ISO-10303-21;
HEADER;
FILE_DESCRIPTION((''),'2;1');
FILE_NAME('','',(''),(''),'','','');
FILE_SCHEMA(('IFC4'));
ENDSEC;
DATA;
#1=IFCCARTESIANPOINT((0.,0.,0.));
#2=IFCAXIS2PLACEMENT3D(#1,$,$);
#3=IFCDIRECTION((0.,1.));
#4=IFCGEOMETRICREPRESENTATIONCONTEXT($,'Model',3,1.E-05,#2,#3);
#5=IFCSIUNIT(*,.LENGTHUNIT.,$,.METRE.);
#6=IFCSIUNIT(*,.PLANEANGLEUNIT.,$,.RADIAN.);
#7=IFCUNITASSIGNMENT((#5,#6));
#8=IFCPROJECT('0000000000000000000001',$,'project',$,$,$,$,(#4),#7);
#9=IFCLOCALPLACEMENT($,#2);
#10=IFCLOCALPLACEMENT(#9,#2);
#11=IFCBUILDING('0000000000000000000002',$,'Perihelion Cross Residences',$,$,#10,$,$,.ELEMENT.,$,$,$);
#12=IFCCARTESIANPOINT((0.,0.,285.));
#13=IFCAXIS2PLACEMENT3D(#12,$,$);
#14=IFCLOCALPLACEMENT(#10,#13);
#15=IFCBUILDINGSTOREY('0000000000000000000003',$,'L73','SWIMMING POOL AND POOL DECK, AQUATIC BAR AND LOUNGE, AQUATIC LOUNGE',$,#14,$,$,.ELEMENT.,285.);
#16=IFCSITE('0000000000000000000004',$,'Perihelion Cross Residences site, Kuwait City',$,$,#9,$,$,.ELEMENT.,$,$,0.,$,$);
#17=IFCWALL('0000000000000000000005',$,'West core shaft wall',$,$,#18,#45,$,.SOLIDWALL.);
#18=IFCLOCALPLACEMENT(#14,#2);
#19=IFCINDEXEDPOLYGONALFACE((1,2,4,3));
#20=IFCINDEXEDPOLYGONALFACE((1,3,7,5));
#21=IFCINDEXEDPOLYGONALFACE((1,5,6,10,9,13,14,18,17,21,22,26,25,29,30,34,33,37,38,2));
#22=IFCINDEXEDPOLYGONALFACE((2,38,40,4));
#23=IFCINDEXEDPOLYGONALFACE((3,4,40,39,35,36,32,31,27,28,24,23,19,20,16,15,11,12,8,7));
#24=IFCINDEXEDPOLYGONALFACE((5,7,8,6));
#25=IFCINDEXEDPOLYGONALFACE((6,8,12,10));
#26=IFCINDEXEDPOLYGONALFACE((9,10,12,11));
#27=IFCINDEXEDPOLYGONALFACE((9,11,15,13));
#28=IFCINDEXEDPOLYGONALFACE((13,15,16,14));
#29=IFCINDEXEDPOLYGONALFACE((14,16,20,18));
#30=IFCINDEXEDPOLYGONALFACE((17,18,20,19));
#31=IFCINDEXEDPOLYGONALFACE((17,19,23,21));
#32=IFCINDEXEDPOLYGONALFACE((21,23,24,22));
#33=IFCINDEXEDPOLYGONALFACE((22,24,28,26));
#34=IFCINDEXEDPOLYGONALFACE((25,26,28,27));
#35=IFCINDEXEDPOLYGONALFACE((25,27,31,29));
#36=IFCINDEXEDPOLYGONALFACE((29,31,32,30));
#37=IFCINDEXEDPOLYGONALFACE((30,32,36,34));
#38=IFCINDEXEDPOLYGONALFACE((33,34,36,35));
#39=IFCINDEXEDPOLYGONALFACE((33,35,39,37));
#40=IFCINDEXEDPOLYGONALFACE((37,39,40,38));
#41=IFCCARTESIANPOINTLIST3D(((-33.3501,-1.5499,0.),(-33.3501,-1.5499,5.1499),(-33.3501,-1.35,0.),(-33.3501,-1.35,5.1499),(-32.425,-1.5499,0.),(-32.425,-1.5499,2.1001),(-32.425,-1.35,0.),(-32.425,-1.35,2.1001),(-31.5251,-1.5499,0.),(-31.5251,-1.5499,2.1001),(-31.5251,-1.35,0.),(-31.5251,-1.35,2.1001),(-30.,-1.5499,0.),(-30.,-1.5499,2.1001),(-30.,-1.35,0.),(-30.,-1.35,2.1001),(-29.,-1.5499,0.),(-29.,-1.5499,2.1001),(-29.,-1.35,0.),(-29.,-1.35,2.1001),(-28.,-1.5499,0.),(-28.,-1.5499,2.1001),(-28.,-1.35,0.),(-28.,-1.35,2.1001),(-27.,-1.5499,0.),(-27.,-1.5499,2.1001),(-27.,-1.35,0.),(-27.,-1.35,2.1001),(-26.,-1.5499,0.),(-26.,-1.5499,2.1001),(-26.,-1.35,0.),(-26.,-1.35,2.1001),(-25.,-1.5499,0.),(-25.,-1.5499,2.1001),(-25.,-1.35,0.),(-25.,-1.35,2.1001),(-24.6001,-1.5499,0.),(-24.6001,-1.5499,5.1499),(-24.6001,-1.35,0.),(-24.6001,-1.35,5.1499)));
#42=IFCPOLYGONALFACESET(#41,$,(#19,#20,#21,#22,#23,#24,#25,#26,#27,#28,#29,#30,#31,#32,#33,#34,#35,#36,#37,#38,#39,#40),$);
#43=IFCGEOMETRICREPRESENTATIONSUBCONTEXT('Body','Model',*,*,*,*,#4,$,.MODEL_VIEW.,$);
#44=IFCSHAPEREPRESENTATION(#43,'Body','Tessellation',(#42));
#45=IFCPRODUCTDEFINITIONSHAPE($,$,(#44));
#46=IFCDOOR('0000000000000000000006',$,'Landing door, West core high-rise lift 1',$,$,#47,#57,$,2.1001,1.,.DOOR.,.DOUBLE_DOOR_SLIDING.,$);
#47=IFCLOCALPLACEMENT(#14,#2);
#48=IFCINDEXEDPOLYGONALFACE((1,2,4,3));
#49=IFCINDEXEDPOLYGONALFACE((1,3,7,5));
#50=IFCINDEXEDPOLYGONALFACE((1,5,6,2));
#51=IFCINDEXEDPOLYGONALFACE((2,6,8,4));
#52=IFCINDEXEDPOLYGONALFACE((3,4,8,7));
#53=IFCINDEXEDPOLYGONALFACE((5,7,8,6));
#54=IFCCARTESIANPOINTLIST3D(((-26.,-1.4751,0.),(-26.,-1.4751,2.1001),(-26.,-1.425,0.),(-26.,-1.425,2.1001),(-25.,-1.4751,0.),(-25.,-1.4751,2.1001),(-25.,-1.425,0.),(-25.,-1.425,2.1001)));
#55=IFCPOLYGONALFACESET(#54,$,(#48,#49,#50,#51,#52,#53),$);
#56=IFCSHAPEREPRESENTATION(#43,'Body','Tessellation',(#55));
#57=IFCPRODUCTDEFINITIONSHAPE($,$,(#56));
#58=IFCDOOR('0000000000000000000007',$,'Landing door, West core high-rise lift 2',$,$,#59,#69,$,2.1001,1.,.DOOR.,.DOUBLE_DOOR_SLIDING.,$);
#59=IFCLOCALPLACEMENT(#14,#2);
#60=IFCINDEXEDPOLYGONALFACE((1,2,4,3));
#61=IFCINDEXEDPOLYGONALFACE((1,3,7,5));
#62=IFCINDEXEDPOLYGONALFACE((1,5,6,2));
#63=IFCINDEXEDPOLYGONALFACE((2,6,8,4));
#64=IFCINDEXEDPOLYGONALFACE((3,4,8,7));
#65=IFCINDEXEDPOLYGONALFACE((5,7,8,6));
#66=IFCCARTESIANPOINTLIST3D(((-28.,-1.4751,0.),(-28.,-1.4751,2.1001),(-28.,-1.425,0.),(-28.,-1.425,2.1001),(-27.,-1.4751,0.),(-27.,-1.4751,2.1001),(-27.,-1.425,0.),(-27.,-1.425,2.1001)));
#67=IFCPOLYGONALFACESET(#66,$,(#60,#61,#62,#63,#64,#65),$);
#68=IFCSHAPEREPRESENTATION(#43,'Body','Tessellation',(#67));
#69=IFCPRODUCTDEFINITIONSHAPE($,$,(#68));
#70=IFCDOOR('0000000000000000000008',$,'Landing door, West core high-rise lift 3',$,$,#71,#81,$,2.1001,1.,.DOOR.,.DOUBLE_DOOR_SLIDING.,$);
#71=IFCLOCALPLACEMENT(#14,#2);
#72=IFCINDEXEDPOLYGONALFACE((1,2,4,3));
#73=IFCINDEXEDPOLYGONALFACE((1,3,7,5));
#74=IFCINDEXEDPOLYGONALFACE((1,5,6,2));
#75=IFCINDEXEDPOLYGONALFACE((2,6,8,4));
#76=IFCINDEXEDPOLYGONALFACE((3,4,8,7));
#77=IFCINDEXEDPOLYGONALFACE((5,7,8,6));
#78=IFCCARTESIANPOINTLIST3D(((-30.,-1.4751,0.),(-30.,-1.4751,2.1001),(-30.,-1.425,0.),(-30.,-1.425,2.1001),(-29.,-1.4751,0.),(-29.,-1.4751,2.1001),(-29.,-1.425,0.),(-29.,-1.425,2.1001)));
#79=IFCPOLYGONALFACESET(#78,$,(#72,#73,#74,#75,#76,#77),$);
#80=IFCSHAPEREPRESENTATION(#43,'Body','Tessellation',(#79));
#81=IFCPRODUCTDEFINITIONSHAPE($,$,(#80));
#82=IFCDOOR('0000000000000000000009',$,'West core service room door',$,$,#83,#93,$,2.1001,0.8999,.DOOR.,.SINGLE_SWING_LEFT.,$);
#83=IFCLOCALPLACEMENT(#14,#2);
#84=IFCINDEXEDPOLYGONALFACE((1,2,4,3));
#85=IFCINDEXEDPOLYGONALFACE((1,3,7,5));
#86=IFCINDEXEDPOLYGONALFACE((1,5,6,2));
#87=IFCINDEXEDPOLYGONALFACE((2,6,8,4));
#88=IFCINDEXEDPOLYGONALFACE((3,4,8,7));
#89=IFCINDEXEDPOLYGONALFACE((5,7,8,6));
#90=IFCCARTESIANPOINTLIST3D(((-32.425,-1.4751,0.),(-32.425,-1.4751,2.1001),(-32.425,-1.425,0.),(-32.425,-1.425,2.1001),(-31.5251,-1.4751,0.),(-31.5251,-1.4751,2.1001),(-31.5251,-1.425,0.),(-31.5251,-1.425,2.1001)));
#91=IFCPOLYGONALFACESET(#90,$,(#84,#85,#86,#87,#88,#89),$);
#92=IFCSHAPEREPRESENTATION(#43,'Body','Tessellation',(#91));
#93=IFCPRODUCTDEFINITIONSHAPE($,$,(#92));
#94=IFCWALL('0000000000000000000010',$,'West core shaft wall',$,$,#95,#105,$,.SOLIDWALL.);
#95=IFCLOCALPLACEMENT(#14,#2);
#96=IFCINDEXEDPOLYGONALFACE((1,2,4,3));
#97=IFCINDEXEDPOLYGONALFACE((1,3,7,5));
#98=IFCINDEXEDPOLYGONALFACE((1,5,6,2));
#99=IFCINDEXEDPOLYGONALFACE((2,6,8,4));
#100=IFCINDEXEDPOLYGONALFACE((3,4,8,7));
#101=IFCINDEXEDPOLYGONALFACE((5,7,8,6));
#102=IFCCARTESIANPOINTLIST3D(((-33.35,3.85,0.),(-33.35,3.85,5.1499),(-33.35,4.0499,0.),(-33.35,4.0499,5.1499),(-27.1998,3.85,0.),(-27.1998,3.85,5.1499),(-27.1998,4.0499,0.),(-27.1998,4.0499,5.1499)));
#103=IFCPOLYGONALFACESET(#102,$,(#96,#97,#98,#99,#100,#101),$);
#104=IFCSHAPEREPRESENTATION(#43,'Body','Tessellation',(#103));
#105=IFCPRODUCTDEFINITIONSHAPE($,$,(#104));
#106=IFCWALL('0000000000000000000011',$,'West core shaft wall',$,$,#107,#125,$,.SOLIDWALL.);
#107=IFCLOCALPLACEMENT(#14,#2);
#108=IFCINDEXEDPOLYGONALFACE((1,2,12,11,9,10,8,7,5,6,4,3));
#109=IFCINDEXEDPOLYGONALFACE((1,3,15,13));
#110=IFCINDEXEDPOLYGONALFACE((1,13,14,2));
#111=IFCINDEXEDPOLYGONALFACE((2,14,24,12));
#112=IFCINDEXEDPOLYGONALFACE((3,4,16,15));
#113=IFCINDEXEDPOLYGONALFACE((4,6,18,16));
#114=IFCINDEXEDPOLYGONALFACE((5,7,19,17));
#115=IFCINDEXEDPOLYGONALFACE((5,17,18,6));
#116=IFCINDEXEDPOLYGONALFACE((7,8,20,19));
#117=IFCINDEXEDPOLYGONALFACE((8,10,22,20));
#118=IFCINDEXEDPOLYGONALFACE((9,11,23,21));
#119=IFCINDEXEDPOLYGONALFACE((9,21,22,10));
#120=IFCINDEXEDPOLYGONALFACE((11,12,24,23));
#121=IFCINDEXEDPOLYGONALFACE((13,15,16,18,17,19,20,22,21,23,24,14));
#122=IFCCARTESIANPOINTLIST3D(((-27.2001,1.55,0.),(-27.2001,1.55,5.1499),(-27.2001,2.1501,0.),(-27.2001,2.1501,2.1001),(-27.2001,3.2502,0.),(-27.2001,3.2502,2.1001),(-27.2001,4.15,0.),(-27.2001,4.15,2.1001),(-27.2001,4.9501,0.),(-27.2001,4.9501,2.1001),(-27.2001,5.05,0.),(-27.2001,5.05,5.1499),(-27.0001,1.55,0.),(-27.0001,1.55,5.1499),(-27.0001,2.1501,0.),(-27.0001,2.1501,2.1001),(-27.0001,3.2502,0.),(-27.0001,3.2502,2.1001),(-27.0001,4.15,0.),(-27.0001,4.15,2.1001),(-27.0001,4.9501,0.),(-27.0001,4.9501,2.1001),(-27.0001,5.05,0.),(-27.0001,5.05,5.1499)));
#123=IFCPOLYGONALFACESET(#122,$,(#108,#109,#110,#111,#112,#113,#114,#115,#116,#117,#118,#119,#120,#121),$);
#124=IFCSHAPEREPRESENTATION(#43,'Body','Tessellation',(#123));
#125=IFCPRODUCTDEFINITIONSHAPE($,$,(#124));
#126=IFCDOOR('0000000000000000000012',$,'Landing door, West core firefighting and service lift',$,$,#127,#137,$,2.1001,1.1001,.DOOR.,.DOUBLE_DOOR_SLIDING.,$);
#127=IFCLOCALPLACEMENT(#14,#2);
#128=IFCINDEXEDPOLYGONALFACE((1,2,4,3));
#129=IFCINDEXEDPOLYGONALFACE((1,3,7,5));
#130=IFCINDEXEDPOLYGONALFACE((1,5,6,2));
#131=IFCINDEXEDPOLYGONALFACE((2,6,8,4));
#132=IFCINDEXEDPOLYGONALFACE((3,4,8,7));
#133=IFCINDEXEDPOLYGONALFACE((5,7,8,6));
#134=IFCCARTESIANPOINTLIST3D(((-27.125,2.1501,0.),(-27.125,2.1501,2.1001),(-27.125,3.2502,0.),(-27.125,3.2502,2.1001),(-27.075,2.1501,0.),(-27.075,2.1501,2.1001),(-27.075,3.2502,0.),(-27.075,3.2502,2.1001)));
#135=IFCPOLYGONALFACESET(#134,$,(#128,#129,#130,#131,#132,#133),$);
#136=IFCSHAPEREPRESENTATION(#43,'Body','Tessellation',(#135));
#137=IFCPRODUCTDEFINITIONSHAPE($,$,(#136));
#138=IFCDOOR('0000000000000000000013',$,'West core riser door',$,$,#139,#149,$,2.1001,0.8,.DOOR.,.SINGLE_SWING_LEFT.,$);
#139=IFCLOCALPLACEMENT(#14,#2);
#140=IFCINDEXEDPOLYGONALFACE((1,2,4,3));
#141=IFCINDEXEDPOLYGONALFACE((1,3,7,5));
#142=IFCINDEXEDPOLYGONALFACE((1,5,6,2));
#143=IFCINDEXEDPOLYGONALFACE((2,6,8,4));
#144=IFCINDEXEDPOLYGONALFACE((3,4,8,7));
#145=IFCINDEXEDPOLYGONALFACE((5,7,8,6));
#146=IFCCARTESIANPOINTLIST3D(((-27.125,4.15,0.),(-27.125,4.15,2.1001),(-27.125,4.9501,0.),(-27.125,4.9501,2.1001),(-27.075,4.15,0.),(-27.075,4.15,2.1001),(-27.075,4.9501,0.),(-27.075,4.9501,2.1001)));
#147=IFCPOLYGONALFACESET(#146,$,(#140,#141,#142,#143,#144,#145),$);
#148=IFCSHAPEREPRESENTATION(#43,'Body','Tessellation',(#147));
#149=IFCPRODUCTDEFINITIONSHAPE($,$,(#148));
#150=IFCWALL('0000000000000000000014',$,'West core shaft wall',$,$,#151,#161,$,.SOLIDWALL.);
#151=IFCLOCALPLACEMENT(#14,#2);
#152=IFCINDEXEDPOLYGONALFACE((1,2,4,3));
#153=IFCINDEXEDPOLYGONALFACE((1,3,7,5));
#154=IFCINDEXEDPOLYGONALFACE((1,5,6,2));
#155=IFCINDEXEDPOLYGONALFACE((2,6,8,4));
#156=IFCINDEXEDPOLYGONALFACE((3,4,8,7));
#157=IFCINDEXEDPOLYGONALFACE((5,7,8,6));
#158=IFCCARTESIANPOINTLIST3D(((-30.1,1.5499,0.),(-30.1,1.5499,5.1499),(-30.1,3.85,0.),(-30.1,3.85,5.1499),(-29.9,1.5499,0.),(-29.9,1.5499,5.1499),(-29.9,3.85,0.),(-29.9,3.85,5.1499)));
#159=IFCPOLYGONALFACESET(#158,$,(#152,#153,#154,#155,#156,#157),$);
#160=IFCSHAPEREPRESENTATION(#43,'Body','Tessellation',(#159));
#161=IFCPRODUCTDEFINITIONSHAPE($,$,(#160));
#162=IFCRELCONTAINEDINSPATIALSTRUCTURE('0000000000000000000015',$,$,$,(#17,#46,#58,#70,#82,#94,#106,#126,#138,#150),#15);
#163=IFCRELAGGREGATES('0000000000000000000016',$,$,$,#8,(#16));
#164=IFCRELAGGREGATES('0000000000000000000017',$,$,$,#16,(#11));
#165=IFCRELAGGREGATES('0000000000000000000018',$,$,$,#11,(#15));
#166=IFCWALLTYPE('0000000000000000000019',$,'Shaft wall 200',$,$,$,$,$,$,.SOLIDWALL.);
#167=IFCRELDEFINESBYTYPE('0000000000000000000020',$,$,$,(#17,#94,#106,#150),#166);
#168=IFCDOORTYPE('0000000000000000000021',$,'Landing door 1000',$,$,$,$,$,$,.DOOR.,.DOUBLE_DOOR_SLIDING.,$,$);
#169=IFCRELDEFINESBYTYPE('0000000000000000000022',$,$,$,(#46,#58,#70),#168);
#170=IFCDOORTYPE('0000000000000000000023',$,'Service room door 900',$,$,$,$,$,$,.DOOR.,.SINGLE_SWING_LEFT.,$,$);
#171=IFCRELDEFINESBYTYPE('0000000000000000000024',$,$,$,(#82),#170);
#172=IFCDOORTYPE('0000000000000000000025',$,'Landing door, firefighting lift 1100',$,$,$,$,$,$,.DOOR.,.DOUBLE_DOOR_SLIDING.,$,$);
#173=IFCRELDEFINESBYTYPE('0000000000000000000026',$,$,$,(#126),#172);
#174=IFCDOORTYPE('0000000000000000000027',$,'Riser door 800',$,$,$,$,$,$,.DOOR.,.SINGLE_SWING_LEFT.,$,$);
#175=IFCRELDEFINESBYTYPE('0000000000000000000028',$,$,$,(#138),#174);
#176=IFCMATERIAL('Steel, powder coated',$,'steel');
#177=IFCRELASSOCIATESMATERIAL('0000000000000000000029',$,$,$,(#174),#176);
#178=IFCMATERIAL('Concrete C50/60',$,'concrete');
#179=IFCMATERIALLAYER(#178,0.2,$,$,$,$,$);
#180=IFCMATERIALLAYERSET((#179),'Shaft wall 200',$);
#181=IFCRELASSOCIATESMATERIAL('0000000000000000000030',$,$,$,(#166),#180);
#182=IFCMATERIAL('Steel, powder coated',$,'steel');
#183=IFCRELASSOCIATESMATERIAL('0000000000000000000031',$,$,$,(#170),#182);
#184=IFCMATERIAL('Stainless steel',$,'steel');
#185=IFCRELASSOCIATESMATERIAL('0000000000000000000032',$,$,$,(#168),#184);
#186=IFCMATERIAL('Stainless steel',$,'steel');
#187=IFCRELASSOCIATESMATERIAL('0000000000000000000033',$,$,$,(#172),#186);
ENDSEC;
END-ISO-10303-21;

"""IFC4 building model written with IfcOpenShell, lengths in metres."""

from ifc_helpers import new_model, si_unit, direction, frame, frame_2d, origin, place, context, subcontext, project, spatial, rectangle, extrude, material, layer, layer_set, type_object, element, fill, save


model = new_model("IFC4")

# Units and contexts
model_context = context("Model", 3, precision=1e-05, world=origin(), true_north=direction((0.0, 1.0)))
body_context = subcontext(model_context, "Body", "Model", "MODEL_VIEW")
ifc_project = project(units=[si_unit("LENGTHUNIT", "METRE"), si_unit("PLANEANGLEUNIT", "RADIAN")], contexts=[model_context])

# Site, building, storey
site_placement = place(None, origin())
site = spatial("IfcSite", under=ifc_project, at=site_placement, Name="Perihelion Cross Residences site, Kuwait City", CompositionType="ELEMENT", RefElevation=0.0)
building_placement = place(site_placement, origin())
building = spatial("IfcBuilding", under=site, at=building_placement, Name="Perihelion Cross Residences", CompositionType="ELEMENT")
storey_placement = place(building_placement, frame((0.0, 0.0, 285.0)))
storey = spatial("IfcBuildingStorey", under=building, at=storey_placement, Name="L73", Description="SWIMMING POOL AND POOL DECK, AQUATIC BAR AND LOUNGE, AQUATIC LOUNGE", CompositionType="ELEMENT", Elevation=285.0)

# Shared definitions
ifc_material_1 = material(Name="Steel, powder coated", Category="steel")
door_type_1 = type_object("IfcDoorType", Name="Riser door 800", OperationType="SINGLE_SWING_LEFT", PredefinedType="DOOR", material=ifc_material_1)

# Wall, openings, doors
ifc_material_2 = material(Name="Concrete C50/60", Category="concrete")
ifc_layer_1 = layer(ifc_material_2, 0.2)
ifc_layer_set_1 = layer_set([ifc_layer_1], Name="Shaft wall 200")
wall_type_1 = type_object("IfcWallType", Name="Shaft wall 200", PredefinedType="SOLIDWALL", material=ifc_layer_set_1)
ifc_material_3 = material(Name="Steel, powder coated", Category="steel")
door_type_2 = type_object("IfcDoorType", Name="Service room door 900", OperationType="SINGLE_SWING_LEFT", PredefinedType="DOOR", material=ifc_material_3)
wall_1_placement = place(storey_placement, frame((-33.3501, -1.45, 0.0), z_axis=(0.0, 0.0, 1.0), x_axis=(1.0, 0.0, 0.0)))
wall_1 = element("IfcWall", 1, at=wall_1_placement, inside=storey, type_object=wall_type_1, Name="West core shaft wall", PredefinedType="SOLIDWALL", context=body_context, shape_type="SweptSolid", body=[
    extrude(rectangle(XDim=8.75, YDim=0.2, at=frame_2d((4.375, 0.0))), origin(), (0.0, 0.0, 1.0), 5.1499),
])
opening_1_placement = place(wall_1_placement, frame((7.3501, 0.0, 0.0)))
opening_1 = element("IfcOpeningElement", 2, at=opening_1_placement, cuts=wall_1, PredefinedType="OPENING", context=body_context, shape_type="SweptSolid", body=[
    extrude(rectangle(XDim=1.0, YDim=2.1001, at=frame_2d((0.5, 1.05))), frame((0.0, 0.1099, 0.0), z_axis=(0.0, -1.0, 0.0), x_axis=(1.0, 0.0, 0.0)), (0.0, 0.0, 1.0), 0.22),
])
opening_2_placement = place(wall_1_placement, frame((5.3501, 0.0, 0.0)))
opening_2 = element("IfcOpeningElement", 3, at=opening_2_placement, cuts=wall_1, PredefinedType="OPENING", context=body_context, shape_type="SweptSolid", body=[
    extrude(rectangle(XDim=1.0, YDim=2.1001, at=frame_2d((0.5, 1.05))), frame((0.0, 0.1099, 0.0), z_axis=(0.0, -1.0, 0.0), x_axis=(1.0, 0.0, 0.0)), (0.0, 0.0, 1.0), 0.22),
])
opening_3_placement = place(wall_1_placement, frame((3.3501, 0.0, 0.0)))
opening_3 = element("IfcOpeningElement", 4, at=opening_3_placement, cuts=wall_1, PredefinedType="OPENING", context=body_context, shape_type="SweptSolid", body=[
    extrude(rectangle(XDim=1.0, YDim=2.1001, at=frame_2d((0.5, 1.05))), frame((0.0, 0.1099, 0.0), z_axis=(0.0, -1.0, 0.0), x_axis=(1.0, 0.0, 0.0)), (0.0, 0.0, 1.0), 0.22),
])
opening_4_placement = place(wall_1_placement, frame((0.925, 0.0, 0.0)))
opening_4 = element("IfcOpeningElement", 5, at=opening_4_placement, cuts=wall_1, PredefinedType="OPENING", context=body_context, shape_type="SweptSolid", body=[
    extrude(rectangle(XDim=0.8999, YDim=2.1001, at=frame_2d((0.45, 1.05))), frame((0.0, 0.1099, 0.0), z_axis=(0.0, -1.0, 0.0), x_axis=(1.0, 0.0, 0.0)), (0.0, 0.0, 1.0), 0.22),
])
ifc_material_4 = material(Name="Stainless steel", Category="steel")
door_type_3 = type_object("IfcDoorType", Name="Landing door 1000", OperationType="DOUBLE_DOOR_SLIDING", PredefinedType="DOOR", material=ifc_material_4)
door_1_placement = place(opening_1_placement, origin())
door_1 = element("IfcDoor", 6, at=door_1_placement, inside=storey, type_object=door_type_3, Name="Landing door, West core high-rise lift 1", OperationType="DOUBLE_DOOR_SLIDING", OverallHeight=2.1001, OverallWidth=1.0, PredefinedType="DOOR", context=body_context, shape_type="SweptSolid", body=[
    extrude(rectangle(XDim=1.0, YDim=2.1001, at=frame_2d((0.5, 1.05))), frame((0.0, 0.0249, 0.0), z_axis=(0.0, -1.0, 0.0), x_axis=(1.0, 0.0, 0.0)), (0.0, 0.0, 1.0), 0.05),
])
fill(opening_1, door_1)
door_2_placement = place(opening_2_placement, origin())
door_2 = element("IfcDoor", 7, at=door_2_placement, inside=storey, type_object=door_type_3, Name="Landing door, West core high-rise lift 2", OperationType="DOUBLE_DOOR_SLIDING", OverallHeight=2.1001, OverallWidth=1.0, PredefinedType="DOOR", context=body_context, shape_type="SweptSolid", body=[
    extrude(rectangle(XDim=1.0, YDim=2.1001, at=frame_2d((0.5, 1.05))), frame((0.0, 0.0249, 0.0), z_axis=(0.0, -1.0, 0.0), x_axis=(1.0, 0.0, 0.0)), (0.0, 0.0, 1.0), 0.05),
])
fill(opening_2, door_2)
door_3_placement = place(opening_3_placement, origin())
door_3 = element("IfcDoor", 8, at=door_3_placement, inside=storey, type_object=door_type_3, Name="Landing door, West core high-rise lift 3", OperationType="DOUBLE_DOOR_SLIDING", OverallHeight=2.1001, OverallWidth=1.0, PredefinedType="DOOR", context=body_context, shape_type="SweptSolid", body=[
    extrude(rectangle(XDim=1.0, YDim=2.1001, at=frame_2d((0.5, 1.05))), frame((0.0, 0.0249, 0.0), z_axis=(0.0, -1.0, 0.0), x_axis=(1.0, 0.0, 0.0)), (0.0, 0.0, 1.0), 0.05),
])
fill(opening_3, door_3)
door_4_placement = place(opening_4_placement, origin())
door_4 = element("IfcDoor", 9, at=door_4_placement, inside=storey, type_object=door_type_2, Name="West core service room door", OperationType="SINGLE_SWING_LEFT", OverallHeight=2.1001, OverallWidth=0.8999, PredefinedType="DOOR", context=body_context, shape_type="SweptSolid", body=[
    extrude(rectangle(XDim=0.8999, YDim=2.1001, at=frame_2d((0.45, 1.05))), frame((0.0, 0.0249, 0.0), z_axis=(0.0, -1.0, 0.0), x_axis=(1.0, 0.0, 0.0)), (0.0, 0.0, 1.0), 0.05),
])
fill(opening_4, door_4)

# Wall
wall_2_placement = place(storey_placement, frame((-33.3501, 3.95, 0.0), z_axis=(0.0, 0.0, 1.0), x_axis=(1.0, 0.0, 0.0)))
element("IfcWall", 10, at=wall_2_placement, inside=storey, type_object=wall_type_1, Name="West core shaft wall", PredefinedType="SOLIDWALL", context=body_context, shape_type="SweptSolid", body=[
    extrude(rectangle(XDim=6.1501, YDim=0.2, at=frame_2d((3.0752, 0.0))), origin(), (0.0, 0.0, 1.0), 5.1499),
])

# Wall, openings, doors
wall_3_placement = place(storey_placement, frame((-27.1001, 1.55, 0.0), z_axis=(0.0, 0.0, 1.0), x_axis=(0.0, 1.0, 0.0)))
wall_3 = element("IfcWall", 11, at=wall_3_placement, inside=storey, type_object=wall_type_1, Name="West core shaft wall", PredefinedType="SOLIDWALL", context=body_context, shape_type="SweptSolid", body=[
    extrude(rectangle(XDim=3.5, YDim=0.2, at=frame_2d((1.75, 0.0))), origin(), (0.0, 0.0, 1.0), 5.1499),
])
opening_5_placement = place(wall_3_placement, frame((0.6001, 0.0, 0.0)))
opening_5 = element("IfcOpeningElement", 12, at=opening_5_placement, cuts=wall_3, PredefinedType="OPENING", context=body_context, shape_type="SweptSolid", body=[
    extrude(rectangle(XDim=1.1001, YDim=2.1001, at=frame_2d((0.55, 1.05))), frame((0.0, 0.1099, 0.0), z_axis=(0.0, -1.0, 0.0), x_axis=(1.0, 0.0, 0.0)), (0.0, 0.0, 1.0), 0.22),
])
opening_6_placement = place(wall_3_placement, frame((2.6001, 0.0, 0.0)))
opening_6 = element("IfcOpeningElement", 13, at=opening_6_placement, cuts=wall_3, PredefinedType="OPENING", context=body_context, shape_type="SweptSolid", body=[
    extrude(rectangle(XDim=0.8, YDim=2.1001, at=frame_2d((0.3999, 1.05))), frame((0.0, 0.1099, 0.0), z_axis=(0.0, -1.0, 0.0), x_axis=(1.0, 0.0, 0.0)), (0.0, 0.0, 1.0), 0.22),
])
ifc_material_5 = material(Name="Stainless steel", Category="steel")
door_type_4 = type_object("IfcDoorType", Name="Landing door, firefighting lift 1100", OperationType="DOUBLE_DOOR_SLIDING", PredefinedType="DOOR", material=ifc_material_5)
door_5_placement = place(opening_5_placement, origin())
door_5 = element("IfcDoor", 14, at=door_5_placement, inside=storey, type_object=door_type_4, Name="Landing door, West core firefighting and service lift", OperationType="DOUBLE_DOOR_SLIDING", OverallHeight=2.1001, OverallWidth=1.1001, PredefinedType="DOOR", context=body_context, shape_type="SweptSolid", body=[
    extrude(rectangle(XDim=1.1001, YDim=2.1001, at=frame_2d((0.55, 1.05))), frame((0.0, 0.0249, 0.0), z_axis=(0.0, -1.0, 0.0), x_axis=(1.0, 0.0, 0.0)), (0.0, 0.0, 1.0), 0.05),
])
fill(opening_5, door_5)
door_6_placement = place(opening_6_placement, origin())
door_6 = element("IfcDoor", 15, at=door_6_placement, inside=storey, type_object=door_type_1, Name="West core riser door", OperationType="SINGLE_SWING_LEFT", OverallHeight=2.1001, OverallWidth=0.8, PredefinedType="DOOR", context=body_context, shape_type="SweptSolid", body=[
    extrude(rectangle(XDim=0.8, YDim=2.1001, at=frame_2d((0.3999, 1.05))), frame((0.0, 0.0249, 0.0), z_axis=(0.0, -1.0, 0.0), x_axis=(1.0, 0.0, 0.0)), (0.0, 0.0, 1.0), 0.05),
])
fill(opening_6, door_6)

# Wall
for number, where, z_axis, x_axis, name in (
    (16, (-30.0, 1.55, 0.0), (0.0, 0.0, 1.0), (0.0, 1.0, 0.0), "West core shaft wall"),
):
    element("IfcWall", number, at=place(storey_placement, frame(where, z_axis=z_axis, x_axis=x_axis)), inside=storey, type_object=wall_type_1, Name=name, PredefinedType="SOLIDWALL", context=body_context, shape_type="SweptSolid", body=[
        extrude(rectangle(XDim=2.3, YDim=0.2, at=frame_2d((1.1499, 0.0))), origin(), (0.0, 0.0, 1.0), 5.1499),
    ])

save(model, "model.ifc")
